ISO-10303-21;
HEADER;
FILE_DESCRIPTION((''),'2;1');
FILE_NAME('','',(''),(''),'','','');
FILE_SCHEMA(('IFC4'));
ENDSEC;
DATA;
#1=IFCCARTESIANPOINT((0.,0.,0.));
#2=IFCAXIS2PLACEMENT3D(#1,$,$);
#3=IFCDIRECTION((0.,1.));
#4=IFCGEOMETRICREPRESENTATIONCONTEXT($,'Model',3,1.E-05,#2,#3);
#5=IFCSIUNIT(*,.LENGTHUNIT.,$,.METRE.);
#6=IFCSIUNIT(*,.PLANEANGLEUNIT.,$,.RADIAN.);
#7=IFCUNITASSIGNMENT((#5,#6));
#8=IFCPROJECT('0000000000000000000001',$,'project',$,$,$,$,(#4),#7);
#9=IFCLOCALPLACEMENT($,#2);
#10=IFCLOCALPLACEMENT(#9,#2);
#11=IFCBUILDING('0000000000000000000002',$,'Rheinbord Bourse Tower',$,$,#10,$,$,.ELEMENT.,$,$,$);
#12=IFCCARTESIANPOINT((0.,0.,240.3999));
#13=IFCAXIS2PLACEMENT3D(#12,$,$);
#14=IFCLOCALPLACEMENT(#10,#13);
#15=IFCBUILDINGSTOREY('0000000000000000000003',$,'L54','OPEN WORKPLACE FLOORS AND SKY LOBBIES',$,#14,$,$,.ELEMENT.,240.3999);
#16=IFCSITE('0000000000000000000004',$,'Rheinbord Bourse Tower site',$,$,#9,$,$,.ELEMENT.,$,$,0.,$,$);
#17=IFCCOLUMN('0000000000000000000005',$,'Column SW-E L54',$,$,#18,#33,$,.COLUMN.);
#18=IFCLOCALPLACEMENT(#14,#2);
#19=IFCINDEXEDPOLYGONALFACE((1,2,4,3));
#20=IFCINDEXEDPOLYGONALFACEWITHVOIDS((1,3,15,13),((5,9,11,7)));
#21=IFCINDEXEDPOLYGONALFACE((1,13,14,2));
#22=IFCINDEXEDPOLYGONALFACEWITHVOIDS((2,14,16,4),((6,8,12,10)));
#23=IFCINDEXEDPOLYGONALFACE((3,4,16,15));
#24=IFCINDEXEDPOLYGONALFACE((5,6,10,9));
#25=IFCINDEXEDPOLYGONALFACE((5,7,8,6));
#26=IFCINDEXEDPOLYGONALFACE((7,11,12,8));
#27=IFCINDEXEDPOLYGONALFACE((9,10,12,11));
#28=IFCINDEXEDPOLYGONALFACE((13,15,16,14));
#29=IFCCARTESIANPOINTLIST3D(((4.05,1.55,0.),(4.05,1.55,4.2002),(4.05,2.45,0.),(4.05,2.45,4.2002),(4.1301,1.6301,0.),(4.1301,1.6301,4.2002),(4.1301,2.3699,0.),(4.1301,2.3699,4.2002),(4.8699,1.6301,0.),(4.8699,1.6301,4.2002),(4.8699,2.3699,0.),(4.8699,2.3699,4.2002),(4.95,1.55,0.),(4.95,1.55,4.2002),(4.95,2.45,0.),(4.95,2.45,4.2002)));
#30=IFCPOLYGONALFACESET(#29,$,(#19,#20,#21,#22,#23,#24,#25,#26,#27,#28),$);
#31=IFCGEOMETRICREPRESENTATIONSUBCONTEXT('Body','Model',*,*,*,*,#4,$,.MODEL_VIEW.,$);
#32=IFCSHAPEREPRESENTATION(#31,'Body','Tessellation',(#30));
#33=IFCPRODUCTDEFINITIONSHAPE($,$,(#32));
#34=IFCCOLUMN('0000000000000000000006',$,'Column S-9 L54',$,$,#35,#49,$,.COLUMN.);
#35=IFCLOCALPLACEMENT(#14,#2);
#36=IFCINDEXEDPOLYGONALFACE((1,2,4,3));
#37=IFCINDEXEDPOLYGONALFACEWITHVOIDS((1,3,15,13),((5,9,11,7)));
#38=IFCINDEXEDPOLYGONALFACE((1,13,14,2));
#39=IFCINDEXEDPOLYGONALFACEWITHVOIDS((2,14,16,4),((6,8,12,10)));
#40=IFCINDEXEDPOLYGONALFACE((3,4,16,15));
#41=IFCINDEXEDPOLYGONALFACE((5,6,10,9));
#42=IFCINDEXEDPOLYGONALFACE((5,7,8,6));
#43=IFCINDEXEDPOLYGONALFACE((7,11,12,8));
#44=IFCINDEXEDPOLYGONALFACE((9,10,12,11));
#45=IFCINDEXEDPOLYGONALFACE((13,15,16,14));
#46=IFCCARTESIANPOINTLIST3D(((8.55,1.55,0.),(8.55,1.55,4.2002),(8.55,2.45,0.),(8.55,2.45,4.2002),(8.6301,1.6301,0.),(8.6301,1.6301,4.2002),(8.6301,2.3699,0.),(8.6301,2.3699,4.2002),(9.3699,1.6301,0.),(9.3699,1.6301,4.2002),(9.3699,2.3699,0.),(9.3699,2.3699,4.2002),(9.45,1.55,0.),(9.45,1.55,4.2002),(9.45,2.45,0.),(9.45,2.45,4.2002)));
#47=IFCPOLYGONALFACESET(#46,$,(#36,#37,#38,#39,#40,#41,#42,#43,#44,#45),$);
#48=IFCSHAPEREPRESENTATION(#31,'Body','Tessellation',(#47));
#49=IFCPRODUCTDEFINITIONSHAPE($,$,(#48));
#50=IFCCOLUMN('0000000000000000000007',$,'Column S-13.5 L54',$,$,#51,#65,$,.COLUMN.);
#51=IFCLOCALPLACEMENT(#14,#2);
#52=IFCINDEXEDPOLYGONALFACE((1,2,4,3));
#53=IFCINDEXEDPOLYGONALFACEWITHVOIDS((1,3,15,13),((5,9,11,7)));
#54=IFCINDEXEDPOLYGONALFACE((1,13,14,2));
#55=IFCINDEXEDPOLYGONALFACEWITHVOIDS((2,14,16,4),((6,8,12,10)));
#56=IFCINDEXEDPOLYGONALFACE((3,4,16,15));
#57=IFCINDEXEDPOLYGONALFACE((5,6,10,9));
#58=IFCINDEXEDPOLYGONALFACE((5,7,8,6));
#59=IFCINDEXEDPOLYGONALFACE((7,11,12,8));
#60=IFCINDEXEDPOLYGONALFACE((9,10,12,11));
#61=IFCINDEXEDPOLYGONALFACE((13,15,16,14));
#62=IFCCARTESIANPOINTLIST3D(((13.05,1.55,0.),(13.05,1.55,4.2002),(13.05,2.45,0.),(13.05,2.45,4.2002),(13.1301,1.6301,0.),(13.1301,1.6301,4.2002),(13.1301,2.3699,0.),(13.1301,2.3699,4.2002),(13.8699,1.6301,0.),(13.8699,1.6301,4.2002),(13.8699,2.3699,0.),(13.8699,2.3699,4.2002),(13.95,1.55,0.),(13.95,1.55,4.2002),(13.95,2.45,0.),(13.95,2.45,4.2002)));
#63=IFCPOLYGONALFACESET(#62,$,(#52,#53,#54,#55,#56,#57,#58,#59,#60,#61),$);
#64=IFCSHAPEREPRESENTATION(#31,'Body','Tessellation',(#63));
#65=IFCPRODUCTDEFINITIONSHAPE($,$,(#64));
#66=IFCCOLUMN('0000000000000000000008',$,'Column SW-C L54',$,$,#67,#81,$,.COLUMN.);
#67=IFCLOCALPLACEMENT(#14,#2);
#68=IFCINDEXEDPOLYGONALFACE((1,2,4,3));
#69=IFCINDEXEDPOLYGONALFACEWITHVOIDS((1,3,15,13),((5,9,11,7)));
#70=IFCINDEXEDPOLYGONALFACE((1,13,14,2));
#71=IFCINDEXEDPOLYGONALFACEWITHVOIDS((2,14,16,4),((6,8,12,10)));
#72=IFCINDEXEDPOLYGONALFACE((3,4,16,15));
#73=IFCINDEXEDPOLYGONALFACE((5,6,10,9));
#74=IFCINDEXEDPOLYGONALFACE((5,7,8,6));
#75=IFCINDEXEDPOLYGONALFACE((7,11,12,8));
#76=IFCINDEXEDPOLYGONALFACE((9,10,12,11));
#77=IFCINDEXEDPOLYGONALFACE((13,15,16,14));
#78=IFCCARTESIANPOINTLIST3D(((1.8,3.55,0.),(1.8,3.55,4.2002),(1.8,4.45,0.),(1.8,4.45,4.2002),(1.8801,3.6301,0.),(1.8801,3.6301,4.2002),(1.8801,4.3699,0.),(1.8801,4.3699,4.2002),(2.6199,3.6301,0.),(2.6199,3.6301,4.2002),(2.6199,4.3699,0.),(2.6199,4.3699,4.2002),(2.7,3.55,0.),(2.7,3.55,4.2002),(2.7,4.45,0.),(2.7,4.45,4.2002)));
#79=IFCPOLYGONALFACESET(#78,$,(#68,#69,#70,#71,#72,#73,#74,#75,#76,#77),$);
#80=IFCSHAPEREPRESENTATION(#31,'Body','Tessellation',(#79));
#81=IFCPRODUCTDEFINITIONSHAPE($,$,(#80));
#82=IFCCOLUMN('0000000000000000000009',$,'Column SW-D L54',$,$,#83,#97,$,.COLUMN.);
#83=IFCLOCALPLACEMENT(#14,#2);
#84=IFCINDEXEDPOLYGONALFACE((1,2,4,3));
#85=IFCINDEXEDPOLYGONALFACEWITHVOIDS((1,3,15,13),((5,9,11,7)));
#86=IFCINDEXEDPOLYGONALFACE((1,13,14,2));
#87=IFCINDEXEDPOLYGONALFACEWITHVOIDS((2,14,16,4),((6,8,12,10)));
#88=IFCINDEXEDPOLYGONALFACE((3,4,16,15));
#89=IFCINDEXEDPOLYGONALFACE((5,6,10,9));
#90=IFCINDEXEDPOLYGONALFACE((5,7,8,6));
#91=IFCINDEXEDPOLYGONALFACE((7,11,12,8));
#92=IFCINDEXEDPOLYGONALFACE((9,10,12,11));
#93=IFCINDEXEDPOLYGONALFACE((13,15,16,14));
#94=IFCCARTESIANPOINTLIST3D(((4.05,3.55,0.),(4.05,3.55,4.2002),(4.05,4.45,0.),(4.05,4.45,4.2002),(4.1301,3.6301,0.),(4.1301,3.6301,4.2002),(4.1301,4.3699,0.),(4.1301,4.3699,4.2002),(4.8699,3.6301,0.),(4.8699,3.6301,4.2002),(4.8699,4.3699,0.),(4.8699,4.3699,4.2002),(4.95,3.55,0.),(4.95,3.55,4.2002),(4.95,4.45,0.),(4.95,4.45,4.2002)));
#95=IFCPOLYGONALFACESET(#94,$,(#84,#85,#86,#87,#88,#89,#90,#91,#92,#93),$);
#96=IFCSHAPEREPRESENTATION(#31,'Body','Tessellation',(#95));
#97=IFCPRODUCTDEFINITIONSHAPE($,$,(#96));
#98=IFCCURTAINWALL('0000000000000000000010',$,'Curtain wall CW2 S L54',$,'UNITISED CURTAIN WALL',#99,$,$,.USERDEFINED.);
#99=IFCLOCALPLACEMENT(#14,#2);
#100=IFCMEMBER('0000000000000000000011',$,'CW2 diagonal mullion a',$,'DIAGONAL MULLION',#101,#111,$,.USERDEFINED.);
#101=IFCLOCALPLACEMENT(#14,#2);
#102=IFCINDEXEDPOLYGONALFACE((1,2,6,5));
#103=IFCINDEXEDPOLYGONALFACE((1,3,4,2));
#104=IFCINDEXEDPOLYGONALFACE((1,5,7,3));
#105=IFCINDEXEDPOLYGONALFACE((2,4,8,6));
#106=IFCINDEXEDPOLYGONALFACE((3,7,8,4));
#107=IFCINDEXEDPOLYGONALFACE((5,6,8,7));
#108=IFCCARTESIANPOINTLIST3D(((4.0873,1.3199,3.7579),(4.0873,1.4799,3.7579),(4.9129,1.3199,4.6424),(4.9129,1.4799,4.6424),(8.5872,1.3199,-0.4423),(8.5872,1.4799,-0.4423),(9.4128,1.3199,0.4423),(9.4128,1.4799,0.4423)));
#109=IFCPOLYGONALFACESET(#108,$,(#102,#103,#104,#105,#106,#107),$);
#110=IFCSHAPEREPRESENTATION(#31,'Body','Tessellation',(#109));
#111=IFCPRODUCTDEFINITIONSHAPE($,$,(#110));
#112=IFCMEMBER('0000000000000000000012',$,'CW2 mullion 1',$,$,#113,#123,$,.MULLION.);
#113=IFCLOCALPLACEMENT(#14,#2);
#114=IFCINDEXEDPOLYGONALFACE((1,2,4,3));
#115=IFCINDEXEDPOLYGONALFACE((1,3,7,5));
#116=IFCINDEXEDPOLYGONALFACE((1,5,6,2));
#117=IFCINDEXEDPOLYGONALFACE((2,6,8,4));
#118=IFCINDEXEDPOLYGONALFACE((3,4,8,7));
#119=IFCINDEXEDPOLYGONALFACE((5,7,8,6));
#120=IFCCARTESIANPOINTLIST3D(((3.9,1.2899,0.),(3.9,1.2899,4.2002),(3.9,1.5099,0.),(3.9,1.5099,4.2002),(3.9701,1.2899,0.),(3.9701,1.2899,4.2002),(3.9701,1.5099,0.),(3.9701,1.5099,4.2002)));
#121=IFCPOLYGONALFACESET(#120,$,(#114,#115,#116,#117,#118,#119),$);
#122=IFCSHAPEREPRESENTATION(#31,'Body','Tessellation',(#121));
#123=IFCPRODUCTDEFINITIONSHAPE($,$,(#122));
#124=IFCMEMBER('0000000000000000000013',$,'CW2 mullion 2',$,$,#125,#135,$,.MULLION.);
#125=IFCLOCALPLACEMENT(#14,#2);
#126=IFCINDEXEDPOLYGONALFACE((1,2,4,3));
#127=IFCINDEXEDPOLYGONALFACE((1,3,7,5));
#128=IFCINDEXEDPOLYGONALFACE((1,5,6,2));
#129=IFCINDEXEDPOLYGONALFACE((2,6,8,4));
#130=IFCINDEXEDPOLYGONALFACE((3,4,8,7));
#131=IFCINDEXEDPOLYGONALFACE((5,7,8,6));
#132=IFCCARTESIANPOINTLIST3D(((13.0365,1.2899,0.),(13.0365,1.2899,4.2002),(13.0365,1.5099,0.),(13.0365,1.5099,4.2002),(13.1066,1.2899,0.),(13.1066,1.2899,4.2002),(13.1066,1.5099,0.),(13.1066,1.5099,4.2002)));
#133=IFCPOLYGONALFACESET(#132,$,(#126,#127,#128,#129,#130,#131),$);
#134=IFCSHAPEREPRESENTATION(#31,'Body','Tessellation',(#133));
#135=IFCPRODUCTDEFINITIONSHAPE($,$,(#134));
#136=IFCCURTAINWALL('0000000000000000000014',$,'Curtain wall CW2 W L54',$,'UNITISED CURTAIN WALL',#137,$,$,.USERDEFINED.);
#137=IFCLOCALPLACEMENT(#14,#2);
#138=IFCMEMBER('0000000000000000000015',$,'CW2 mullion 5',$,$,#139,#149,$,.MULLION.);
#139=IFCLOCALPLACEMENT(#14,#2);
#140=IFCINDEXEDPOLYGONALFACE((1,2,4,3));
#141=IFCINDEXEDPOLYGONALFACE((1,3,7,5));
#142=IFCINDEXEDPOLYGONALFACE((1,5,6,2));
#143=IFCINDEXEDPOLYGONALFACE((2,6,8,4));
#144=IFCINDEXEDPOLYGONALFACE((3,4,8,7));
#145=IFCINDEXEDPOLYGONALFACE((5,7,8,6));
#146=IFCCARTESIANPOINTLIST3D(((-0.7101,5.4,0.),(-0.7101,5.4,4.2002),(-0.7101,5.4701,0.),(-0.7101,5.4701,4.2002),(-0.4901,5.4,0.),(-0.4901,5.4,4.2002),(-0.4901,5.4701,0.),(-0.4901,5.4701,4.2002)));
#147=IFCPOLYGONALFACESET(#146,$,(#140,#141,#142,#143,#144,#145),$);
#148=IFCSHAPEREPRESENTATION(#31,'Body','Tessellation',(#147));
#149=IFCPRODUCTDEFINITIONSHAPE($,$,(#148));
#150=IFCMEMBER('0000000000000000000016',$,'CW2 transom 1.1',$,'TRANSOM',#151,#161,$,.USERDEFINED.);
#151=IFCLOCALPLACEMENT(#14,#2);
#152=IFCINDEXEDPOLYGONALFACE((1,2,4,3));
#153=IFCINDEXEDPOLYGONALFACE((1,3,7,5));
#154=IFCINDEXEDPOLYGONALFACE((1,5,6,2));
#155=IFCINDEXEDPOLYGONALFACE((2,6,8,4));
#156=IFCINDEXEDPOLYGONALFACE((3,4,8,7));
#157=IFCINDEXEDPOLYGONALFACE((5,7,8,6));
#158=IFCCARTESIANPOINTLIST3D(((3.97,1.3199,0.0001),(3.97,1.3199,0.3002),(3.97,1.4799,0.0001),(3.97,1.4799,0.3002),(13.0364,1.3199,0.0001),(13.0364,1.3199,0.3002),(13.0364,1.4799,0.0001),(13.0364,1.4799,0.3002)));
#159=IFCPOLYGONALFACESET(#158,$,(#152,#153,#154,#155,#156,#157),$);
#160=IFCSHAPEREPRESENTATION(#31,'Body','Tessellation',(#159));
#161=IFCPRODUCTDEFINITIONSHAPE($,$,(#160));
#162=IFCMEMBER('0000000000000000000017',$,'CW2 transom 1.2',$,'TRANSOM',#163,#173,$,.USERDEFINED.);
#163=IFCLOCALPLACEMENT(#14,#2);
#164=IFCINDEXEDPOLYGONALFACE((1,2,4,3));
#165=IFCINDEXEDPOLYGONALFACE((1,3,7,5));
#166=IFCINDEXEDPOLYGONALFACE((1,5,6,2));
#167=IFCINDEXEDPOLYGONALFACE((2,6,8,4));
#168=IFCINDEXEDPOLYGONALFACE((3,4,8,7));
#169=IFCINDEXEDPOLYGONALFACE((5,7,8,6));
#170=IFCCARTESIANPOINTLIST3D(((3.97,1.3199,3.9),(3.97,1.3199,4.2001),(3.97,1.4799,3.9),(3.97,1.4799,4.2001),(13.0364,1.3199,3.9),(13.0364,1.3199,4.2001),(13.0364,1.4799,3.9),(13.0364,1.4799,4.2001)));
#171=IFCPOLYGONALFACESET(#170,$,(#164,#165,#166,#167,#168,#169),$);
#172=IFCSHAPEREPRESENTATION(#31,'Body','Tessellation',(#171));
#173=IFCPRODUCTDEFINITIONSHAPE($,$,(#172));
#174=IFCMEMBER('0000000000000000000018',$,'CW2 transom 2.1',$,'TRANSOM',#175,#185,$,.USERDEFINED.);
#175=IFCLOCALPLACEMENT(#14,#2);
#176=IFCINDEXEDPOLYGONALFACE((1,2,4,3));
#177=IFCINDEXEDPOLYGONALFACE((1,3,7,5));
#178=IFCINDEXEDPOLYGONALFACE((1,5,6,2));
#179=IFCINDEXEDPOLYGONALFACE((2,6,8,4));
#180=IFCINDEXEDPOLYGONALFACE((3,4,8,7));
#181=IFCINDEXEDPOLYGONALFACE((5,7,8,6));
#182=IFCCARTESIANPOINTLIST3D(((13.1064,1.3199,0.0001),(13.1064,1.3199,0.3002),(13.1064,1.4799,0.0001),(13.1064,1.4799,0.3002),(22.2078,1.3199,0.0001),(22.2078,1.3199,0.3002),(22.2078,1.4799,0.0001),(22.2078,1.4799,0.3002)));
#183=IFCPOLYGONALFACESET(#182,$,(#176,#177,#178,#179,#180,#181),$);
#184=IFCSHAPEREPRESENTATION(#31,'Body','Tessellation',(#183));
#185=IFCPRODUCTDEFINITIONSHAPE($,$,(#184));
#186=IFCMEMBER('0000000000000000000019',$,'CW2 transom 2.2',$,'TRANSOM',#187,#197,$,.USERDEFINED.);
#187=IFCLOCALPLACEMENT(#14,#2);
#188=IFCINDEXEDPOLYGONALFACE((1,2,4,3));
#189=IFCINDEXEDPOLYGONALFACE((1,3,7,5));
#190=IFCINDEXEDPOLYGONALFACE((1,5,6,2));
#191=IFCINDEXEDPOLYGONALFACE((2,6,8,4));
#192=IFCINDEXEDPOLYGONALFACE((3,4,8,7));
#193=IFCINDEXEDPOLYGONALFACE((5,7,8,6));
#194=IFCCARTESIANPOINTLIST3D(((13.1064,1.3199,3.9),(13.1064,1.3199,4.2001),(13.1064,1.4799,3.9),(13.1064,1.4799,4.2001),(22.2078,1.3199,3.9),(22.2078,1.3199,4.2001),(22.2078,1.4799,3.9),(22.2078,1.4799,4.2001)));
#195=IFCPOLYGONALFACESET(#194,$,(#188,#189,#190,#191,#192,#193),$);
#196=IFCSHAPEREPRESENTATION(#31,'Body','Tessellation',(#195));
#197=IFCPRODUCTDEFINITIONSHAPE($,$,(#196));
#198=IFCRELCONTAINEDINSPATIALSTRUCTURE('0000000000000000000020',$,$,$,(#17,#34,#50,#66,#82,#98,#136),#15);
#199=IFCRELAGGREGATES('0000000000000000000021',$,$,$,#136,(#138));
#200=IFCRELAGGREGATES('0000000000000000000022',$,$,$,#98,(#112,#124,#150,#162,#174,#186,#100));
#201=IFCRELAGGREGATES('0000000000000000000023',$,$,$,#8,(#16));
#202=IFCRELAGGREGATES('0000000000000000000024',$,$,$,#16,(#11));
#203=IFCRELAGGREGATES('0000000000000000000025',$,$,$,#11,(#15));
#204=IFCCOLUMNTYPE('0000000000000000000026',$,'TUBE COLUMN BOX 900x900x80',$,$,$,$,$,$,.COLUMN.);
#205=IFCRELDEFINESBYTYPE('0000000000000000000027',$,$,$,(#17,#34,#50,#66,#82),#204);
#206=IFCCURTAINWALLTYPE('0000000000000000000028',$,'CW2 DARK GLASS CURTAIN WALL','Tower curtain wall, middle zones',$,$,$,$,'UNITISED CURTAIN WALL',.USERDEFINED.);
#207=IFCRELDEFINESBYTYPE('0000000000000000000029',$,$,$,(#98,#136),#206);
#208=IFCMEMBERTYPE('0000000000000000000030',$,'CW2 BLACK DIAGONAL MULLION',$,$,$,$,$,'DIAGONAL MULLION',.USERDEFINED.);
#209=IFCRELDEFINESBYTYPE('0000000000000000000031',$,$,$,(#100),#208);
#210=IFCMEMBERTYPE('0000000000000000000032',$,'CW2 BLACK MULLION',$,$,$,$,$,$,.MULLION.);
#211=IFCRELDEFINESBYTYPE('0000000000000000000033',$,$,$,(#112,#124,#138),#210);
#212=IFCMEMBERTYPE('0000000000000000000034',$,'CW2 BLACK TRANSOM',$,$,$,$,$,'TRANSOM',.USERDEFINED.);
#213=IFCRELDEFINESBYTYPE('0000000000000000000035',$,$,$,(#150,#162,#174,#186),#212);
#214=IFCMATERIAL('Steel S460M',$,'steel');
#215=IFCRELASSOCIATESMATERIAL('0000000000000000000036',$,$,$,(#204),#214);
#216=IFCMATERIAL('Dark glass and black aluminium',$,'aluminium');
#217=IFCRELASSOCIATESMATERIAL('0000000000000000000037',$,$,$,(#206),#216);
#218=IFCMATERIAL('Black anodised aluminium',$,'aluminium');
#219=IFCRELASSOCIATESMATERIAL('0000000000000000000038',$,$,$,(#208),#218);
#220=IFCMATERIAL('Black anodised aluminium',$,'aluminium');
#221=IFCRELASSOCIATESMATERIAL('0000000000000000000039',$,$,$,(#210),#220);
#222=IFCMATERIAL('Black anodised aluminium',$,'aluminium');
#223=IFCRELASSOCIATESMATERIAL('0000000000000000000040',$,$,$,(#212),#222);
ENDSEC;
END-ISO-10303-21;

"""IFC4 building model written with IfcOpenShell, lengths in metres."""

from ifc_helpers import new_model, si_unit, direction, frame, origin, origin_2d, place, context, subcontext, project, spatial, rectangle, hollow_rectangle, extrude, material, material_profile, profile_set, type_object, element, aggregate, save


model = new_model("IFC4")

# Units and contexts
model_context = context("Model", 3, precision=1e-05, world=origin(), true_north=direction((0.0, 1.0)))
body_context = subcontext(model_context, "Body", "Model", "MODEL_VIEW")
ifc_project = project(units=[si_unit("LENGTHUNIT", "METRE"), si_unit("PLANEANGLEUNIT", "RADIAN")], contexts=[model_context])

# Site, building, storey
site_placement = place(None, origin())
site = spatial("IfcSite", under=ifc_project, at=site_placement, Name="Rheinbord Bourse Tower site", CompositionType="ELEMENT", RefElevation=0.0)
building_placement = place(site_placement, origin())
building = spatial("IfcBuilding", under=site, at=building_placement, Name="Rheinbord Bourse Tower", CompositionType="ELEMENT")
storey_placement = place(building_placement, frame((0.0, 0.0, 240.3999)))
storey = spatial("IfcBuildingStorey", under=building, at=storey_placement, Name="L54", Description="OPEN WORKPLACE FLOORS AND SKY LOBBIES", CompositionType="ELEMENT", Elevation=240.3999)

# Columns
ifc_material_1 = material(Name="Steel S460M", Category="steel")
ifc_material_profile_1 = material_profile(ifc_material_1, hollow_rectangle(XDim=0.8999, YDim=0.8999, WallThickness=0.0801, at=origin_2d()), Name="BOX 900x900x80")
ifc_profile_set_1 = profile_set([ifc_material_profile_1], Name="Steel S460M")
column_type = type_object("IfcColumnType", Name="TUBE COLUMN BOX 900x900x80", PredefinedType="COLUMN", material=ifc_profile_set_1)
for number, where, z_axis, x_axis, name in (
    (1, (4.5, 2.0, 0.0), (0.0, 0.0, 1.0), (0.0, 1.0, 0.0), "Column SW-E L54"),
    (2, (9.0, 2.0, 0.0), (0.0, 0.0, 1.0), (0.0, 1.0, 0.0), "Column S-9 L54"),
    (3, (13.5, 2.0, 0.0), (0.0, 0.0, 1.0), (0.0, 1.0, 0.0), "Column S-13.5 L54"),
    (4, (2.25, 4.0, 0.0), (0.0, 0.0, 1.0), (1.0, 0.0, 0.0), "Column SW-C L54"),
    (5, (4.5, 4.0, 0.0), (0.0, 0.0, 1.0), (0.0, 1.0, 0.0), "Column SW-D L54"),
):
    element("IfcColumn", number, at=place(storey_placement, frame(where, z_axis=z_axis, x_axis=x_axis)), inside=storey, type_object=column_type, Name=name, PredefinedType="COLUMN", context=body_context, shape_type="SweptSolid", body=[
        extrude(hollow_rectangle(XDim=0.8999, YDim=0.8999, WallThickness=0.0801, at=origin_2d()), origin(), (0.0, 0.0, 1.0), 4.2002),
    ])

# Curtain wall, members
ifc_material_2 = material(Name="Dark glass and black aluminium", Category="aluminium")
curtain_wall_type = type_object("IfcCurtainWallType", Name="CW2 DARK GLASS CURTAIN WALL", Description="Tower curtain wall, middle zones", ElementType="UNITISED CURTAIN WALL", PredefinedType="USERDEFINED", material=ifc_material_2)
curtain_wall_1_placement = place(storey_placement, origin())
curtain_wall_1 = element("IfcCurtainWall", 6, at=curtain_wall_1_placement, inside=storey, type_object=curtain_wall_type, Name="Curtain wall CW2 S L54", ObjectType="UNITISED CURTAIN WALL", PredefinedType="USERDEFINED")
ifc_material_3 = material(Name="Black anodised aluminium", Category="aluminium")
ifc_material_profile_2 = material_profile(ifc_material_3, rectangle(XDim=0.1599, YDim=1.21, at=origin_2d()), Name="CW2 DIAGONAL MULLION 1210x160")
ifc_profile_set_2 = profile_set([ifc_material_profile_2], Name="Black anodised aluminium")
member_type_1 = type_object("IfcMemberType", Name="CW2 BLACK DIAGONAL MULLION", ElementType="DIAGONAL MULLION", PredefinedType="USERDEFINED", material=ifc_profile_set_2)
member_1_placement = place(storey_placement, frame((9.0, 1.3999, 0.0), z_axis=(-0.731039, 0.0, 0.682335), x_axis=(0.0, -1.0, 0.0)))
member_1 = element("IfcMember", 7, at=member_1_placement, type_object=member_type_1, Name="CW2 diagonal mullion a", ObjectType="DIAGONAL MULLION", PredefinedType="USERDEFINED", context=body_context, shape_type="SweptSolid", body=[
    extrude(rectangle(XDim=0.1599, YDim=1.21, at=origin_2d()), origin(), (0.0, 0.0, 1.0), 6.1555),
])
ifc_material_4 = material(Name="Black anodised aluminium", Category="aluminium")
ifc_material_profile_3 = material_profile(ifc_material_4, rectangle(XDim=0.22, YDim=0.0701, at=origin_2d()), Name="CW2 MULLION 70x220")
ifc_profile_set_3 = profile_set([ifc_material_profile_3], Name="Black anodised aluminium")
member_type_2 = type_object("IfcMemberType", Name="CW2 BLACK MULLION", PredefinedType="MULLION", material=ifc_profile_set_3)
member_2_placement = place(storey_placement, frame((3.9351, 1.3999, 0.0), z_axis=(0.0, 0.0, 1.0), x_axis=(0.0, 1.0, 0.0)))
member_2 = element("IfcMember", 8, at=member_2_placement, type_object=member_type_2, Name="CW2 mullion 1", PredefinedType="MULLION", context=body_context, shape_type="SweptSolid", body=[
    extrude(rectangle(XDim=0.22, YDim=0.0701, at=origin_2d()), origin(), (0.0, 0.0, 1.0), 4.2002),
])
member_3_placement = place(storey_placement, frame((13.0715, 1.3999, 0.0), z_axis=(0.0, 0.0, 1.0), x_axis=(0.0, 1.0, 0.0)))
member_3 = element("IfcMember", 9, at=member_3_placement, type_object=member_type_2, Name="CW2 mullion 2", PredefinedType="MULLION", context=body_context, shape_type="SweptSolid", body=[
    extrude(rectangle(XDim=0.22, YDim=0.0701, at=origin_2d()), origin(), (0.0, 0.0, 1.0), 4.2002),
])

# Curtain wall, member
curtain_wall_2_placement = place(storey_placement, origin())
curtain_wall_2 = element("IfcCurtainWall", 10, at=curtain_wall_2_placement, inside=storey, type_object=curtain_wall_type, Name="Curtain wall CW2 W L54", ObjectType="UNITISED CURTAIN WALL", PredefinedType="USERDEFINED")
member_4_placement = place(storey_placement, frame((-0.6001, 5.4351, 0.0), z_axis=(0.0, 0.0, 1.0), x_axis=(1.0, 0.0, 0.0)))
member_4 = element("IfcMember", 11, at=member_4_placement, type_object=member_type_2, Name="CW2 mullion 5", PredefinedType="MULLION", context=body_context, shape_type="SweptSolid", body=[
    extrude(rectangle(XDim=0.22, YDim=0.0701, at=origin_2d()), origin(), (0.0, 0.0, 1.0), 4.2002),
])
aggregate(curtain_wall_2, [member_4])

# Members
ifc_material_5 = material(Name="Black anodised aluminium", Category="aluminium")
ifc_material_profile_4 = material_profile(ifc_material_5, rectangle(XDim=0.1599, YDim=0.3, at=origin_2d()), Name="CW2 TRANSOM 300x160")
ifc_profile_set_4 = profile_set([ifc_material_profile_4], Name="Black anodised aluminium")
member_type_3 = type_object("IfcMemberType", Name="CW2 BLACK TRANSOM", ElementType="TRANSOM", PredefinedType="USERDEFINED", material=ifc_profile_set_4)
member_5_placement = place(storey_placement, frame((3.97, 1.3999, 0.1501), z_axis=(1.0, 0.0, 0.0), x_axis=(0.0, 1.0, 0.0)))
member_5 = element("IfcMember", 12, at=member_5_placement, type_object=member_type_3, Name="CW2 transom 1.1", ObjectType="TRANSOM", PredefinedType="USERDEFINED", context=body_context, shape_type="SweptSolid", body=[
    extrude(rectangle(XDim=0.1599, YDim=0.3, at=origin_2d()), origin(), (0.0, 0.0, 1.0), 9.0664),
])
member_6_placement = place(storey_placement, frame((3.97, 1.3999, 4.05), z_axis=(1.0, 0.0, 0.0), x_axis=(0.0, 1.0, 0.0)))
member_6 = element("IfcMember", 13, at=member_6_placement, type_object=member_type_3, Name="CW2 transom 1.2", ObjectType="TRANSOM", PredefinedType="USERDEFINED", context=body_context, shape_type="SweptSolid", body=[
    extrude(rectangle(XDim=0.1599, YDim=0.3, at=origin_2d()), origin(), (0.0, 0.0, 1.0), 9.0664),
])
member_7_placement = place(storey_placement, frame((13.1064, 1.3999, 0.1501), z_axis=(1.0, 0.0, 0.0), x_axis=(0.0, 1.0, 0.0)))
member_7 = element("IfcMember", 14, at=member_7_placement, type_object=member_type_3, Name="CW2 transom 2.1", ObjectType="TRANSOM", PredefinedType="USERDEFINED", context=body_context, shape_type="SweptSolid", body=[
    extrude(rectangle(XDim=0.1599, YDim=0.3, at=origin_2d()), origin(), (0.0, 0.0, 1.0), 9.1013),
])
member_8_placement = place(storey_placement, frame((13.1064, 1.3999, 4.05), z_axis=(1.0, 0.0, 0.0), x_axis=(0.0, 1.0, 0.0)))
member_8 = element("IfcMember", 15, at=member_8_placement, type_object=member_type_3, Name="CW2 transom 2.2", ObjectType="TRANSOM", PredefinedType="USERDEFINED", context=body_context, shape_type="SweptSolid", body=[
    extrude(rectangle(XDim=0.1599, YDim=0.3, at=origin_2d()), origin(), (0.0, 0.0, 1.0), 9.1013),
])

aggregate(curtain_wall_1, [member_2, member_3, member_5, member_6, member_7, member_8, member_1])

save(model, "model.ifc")
